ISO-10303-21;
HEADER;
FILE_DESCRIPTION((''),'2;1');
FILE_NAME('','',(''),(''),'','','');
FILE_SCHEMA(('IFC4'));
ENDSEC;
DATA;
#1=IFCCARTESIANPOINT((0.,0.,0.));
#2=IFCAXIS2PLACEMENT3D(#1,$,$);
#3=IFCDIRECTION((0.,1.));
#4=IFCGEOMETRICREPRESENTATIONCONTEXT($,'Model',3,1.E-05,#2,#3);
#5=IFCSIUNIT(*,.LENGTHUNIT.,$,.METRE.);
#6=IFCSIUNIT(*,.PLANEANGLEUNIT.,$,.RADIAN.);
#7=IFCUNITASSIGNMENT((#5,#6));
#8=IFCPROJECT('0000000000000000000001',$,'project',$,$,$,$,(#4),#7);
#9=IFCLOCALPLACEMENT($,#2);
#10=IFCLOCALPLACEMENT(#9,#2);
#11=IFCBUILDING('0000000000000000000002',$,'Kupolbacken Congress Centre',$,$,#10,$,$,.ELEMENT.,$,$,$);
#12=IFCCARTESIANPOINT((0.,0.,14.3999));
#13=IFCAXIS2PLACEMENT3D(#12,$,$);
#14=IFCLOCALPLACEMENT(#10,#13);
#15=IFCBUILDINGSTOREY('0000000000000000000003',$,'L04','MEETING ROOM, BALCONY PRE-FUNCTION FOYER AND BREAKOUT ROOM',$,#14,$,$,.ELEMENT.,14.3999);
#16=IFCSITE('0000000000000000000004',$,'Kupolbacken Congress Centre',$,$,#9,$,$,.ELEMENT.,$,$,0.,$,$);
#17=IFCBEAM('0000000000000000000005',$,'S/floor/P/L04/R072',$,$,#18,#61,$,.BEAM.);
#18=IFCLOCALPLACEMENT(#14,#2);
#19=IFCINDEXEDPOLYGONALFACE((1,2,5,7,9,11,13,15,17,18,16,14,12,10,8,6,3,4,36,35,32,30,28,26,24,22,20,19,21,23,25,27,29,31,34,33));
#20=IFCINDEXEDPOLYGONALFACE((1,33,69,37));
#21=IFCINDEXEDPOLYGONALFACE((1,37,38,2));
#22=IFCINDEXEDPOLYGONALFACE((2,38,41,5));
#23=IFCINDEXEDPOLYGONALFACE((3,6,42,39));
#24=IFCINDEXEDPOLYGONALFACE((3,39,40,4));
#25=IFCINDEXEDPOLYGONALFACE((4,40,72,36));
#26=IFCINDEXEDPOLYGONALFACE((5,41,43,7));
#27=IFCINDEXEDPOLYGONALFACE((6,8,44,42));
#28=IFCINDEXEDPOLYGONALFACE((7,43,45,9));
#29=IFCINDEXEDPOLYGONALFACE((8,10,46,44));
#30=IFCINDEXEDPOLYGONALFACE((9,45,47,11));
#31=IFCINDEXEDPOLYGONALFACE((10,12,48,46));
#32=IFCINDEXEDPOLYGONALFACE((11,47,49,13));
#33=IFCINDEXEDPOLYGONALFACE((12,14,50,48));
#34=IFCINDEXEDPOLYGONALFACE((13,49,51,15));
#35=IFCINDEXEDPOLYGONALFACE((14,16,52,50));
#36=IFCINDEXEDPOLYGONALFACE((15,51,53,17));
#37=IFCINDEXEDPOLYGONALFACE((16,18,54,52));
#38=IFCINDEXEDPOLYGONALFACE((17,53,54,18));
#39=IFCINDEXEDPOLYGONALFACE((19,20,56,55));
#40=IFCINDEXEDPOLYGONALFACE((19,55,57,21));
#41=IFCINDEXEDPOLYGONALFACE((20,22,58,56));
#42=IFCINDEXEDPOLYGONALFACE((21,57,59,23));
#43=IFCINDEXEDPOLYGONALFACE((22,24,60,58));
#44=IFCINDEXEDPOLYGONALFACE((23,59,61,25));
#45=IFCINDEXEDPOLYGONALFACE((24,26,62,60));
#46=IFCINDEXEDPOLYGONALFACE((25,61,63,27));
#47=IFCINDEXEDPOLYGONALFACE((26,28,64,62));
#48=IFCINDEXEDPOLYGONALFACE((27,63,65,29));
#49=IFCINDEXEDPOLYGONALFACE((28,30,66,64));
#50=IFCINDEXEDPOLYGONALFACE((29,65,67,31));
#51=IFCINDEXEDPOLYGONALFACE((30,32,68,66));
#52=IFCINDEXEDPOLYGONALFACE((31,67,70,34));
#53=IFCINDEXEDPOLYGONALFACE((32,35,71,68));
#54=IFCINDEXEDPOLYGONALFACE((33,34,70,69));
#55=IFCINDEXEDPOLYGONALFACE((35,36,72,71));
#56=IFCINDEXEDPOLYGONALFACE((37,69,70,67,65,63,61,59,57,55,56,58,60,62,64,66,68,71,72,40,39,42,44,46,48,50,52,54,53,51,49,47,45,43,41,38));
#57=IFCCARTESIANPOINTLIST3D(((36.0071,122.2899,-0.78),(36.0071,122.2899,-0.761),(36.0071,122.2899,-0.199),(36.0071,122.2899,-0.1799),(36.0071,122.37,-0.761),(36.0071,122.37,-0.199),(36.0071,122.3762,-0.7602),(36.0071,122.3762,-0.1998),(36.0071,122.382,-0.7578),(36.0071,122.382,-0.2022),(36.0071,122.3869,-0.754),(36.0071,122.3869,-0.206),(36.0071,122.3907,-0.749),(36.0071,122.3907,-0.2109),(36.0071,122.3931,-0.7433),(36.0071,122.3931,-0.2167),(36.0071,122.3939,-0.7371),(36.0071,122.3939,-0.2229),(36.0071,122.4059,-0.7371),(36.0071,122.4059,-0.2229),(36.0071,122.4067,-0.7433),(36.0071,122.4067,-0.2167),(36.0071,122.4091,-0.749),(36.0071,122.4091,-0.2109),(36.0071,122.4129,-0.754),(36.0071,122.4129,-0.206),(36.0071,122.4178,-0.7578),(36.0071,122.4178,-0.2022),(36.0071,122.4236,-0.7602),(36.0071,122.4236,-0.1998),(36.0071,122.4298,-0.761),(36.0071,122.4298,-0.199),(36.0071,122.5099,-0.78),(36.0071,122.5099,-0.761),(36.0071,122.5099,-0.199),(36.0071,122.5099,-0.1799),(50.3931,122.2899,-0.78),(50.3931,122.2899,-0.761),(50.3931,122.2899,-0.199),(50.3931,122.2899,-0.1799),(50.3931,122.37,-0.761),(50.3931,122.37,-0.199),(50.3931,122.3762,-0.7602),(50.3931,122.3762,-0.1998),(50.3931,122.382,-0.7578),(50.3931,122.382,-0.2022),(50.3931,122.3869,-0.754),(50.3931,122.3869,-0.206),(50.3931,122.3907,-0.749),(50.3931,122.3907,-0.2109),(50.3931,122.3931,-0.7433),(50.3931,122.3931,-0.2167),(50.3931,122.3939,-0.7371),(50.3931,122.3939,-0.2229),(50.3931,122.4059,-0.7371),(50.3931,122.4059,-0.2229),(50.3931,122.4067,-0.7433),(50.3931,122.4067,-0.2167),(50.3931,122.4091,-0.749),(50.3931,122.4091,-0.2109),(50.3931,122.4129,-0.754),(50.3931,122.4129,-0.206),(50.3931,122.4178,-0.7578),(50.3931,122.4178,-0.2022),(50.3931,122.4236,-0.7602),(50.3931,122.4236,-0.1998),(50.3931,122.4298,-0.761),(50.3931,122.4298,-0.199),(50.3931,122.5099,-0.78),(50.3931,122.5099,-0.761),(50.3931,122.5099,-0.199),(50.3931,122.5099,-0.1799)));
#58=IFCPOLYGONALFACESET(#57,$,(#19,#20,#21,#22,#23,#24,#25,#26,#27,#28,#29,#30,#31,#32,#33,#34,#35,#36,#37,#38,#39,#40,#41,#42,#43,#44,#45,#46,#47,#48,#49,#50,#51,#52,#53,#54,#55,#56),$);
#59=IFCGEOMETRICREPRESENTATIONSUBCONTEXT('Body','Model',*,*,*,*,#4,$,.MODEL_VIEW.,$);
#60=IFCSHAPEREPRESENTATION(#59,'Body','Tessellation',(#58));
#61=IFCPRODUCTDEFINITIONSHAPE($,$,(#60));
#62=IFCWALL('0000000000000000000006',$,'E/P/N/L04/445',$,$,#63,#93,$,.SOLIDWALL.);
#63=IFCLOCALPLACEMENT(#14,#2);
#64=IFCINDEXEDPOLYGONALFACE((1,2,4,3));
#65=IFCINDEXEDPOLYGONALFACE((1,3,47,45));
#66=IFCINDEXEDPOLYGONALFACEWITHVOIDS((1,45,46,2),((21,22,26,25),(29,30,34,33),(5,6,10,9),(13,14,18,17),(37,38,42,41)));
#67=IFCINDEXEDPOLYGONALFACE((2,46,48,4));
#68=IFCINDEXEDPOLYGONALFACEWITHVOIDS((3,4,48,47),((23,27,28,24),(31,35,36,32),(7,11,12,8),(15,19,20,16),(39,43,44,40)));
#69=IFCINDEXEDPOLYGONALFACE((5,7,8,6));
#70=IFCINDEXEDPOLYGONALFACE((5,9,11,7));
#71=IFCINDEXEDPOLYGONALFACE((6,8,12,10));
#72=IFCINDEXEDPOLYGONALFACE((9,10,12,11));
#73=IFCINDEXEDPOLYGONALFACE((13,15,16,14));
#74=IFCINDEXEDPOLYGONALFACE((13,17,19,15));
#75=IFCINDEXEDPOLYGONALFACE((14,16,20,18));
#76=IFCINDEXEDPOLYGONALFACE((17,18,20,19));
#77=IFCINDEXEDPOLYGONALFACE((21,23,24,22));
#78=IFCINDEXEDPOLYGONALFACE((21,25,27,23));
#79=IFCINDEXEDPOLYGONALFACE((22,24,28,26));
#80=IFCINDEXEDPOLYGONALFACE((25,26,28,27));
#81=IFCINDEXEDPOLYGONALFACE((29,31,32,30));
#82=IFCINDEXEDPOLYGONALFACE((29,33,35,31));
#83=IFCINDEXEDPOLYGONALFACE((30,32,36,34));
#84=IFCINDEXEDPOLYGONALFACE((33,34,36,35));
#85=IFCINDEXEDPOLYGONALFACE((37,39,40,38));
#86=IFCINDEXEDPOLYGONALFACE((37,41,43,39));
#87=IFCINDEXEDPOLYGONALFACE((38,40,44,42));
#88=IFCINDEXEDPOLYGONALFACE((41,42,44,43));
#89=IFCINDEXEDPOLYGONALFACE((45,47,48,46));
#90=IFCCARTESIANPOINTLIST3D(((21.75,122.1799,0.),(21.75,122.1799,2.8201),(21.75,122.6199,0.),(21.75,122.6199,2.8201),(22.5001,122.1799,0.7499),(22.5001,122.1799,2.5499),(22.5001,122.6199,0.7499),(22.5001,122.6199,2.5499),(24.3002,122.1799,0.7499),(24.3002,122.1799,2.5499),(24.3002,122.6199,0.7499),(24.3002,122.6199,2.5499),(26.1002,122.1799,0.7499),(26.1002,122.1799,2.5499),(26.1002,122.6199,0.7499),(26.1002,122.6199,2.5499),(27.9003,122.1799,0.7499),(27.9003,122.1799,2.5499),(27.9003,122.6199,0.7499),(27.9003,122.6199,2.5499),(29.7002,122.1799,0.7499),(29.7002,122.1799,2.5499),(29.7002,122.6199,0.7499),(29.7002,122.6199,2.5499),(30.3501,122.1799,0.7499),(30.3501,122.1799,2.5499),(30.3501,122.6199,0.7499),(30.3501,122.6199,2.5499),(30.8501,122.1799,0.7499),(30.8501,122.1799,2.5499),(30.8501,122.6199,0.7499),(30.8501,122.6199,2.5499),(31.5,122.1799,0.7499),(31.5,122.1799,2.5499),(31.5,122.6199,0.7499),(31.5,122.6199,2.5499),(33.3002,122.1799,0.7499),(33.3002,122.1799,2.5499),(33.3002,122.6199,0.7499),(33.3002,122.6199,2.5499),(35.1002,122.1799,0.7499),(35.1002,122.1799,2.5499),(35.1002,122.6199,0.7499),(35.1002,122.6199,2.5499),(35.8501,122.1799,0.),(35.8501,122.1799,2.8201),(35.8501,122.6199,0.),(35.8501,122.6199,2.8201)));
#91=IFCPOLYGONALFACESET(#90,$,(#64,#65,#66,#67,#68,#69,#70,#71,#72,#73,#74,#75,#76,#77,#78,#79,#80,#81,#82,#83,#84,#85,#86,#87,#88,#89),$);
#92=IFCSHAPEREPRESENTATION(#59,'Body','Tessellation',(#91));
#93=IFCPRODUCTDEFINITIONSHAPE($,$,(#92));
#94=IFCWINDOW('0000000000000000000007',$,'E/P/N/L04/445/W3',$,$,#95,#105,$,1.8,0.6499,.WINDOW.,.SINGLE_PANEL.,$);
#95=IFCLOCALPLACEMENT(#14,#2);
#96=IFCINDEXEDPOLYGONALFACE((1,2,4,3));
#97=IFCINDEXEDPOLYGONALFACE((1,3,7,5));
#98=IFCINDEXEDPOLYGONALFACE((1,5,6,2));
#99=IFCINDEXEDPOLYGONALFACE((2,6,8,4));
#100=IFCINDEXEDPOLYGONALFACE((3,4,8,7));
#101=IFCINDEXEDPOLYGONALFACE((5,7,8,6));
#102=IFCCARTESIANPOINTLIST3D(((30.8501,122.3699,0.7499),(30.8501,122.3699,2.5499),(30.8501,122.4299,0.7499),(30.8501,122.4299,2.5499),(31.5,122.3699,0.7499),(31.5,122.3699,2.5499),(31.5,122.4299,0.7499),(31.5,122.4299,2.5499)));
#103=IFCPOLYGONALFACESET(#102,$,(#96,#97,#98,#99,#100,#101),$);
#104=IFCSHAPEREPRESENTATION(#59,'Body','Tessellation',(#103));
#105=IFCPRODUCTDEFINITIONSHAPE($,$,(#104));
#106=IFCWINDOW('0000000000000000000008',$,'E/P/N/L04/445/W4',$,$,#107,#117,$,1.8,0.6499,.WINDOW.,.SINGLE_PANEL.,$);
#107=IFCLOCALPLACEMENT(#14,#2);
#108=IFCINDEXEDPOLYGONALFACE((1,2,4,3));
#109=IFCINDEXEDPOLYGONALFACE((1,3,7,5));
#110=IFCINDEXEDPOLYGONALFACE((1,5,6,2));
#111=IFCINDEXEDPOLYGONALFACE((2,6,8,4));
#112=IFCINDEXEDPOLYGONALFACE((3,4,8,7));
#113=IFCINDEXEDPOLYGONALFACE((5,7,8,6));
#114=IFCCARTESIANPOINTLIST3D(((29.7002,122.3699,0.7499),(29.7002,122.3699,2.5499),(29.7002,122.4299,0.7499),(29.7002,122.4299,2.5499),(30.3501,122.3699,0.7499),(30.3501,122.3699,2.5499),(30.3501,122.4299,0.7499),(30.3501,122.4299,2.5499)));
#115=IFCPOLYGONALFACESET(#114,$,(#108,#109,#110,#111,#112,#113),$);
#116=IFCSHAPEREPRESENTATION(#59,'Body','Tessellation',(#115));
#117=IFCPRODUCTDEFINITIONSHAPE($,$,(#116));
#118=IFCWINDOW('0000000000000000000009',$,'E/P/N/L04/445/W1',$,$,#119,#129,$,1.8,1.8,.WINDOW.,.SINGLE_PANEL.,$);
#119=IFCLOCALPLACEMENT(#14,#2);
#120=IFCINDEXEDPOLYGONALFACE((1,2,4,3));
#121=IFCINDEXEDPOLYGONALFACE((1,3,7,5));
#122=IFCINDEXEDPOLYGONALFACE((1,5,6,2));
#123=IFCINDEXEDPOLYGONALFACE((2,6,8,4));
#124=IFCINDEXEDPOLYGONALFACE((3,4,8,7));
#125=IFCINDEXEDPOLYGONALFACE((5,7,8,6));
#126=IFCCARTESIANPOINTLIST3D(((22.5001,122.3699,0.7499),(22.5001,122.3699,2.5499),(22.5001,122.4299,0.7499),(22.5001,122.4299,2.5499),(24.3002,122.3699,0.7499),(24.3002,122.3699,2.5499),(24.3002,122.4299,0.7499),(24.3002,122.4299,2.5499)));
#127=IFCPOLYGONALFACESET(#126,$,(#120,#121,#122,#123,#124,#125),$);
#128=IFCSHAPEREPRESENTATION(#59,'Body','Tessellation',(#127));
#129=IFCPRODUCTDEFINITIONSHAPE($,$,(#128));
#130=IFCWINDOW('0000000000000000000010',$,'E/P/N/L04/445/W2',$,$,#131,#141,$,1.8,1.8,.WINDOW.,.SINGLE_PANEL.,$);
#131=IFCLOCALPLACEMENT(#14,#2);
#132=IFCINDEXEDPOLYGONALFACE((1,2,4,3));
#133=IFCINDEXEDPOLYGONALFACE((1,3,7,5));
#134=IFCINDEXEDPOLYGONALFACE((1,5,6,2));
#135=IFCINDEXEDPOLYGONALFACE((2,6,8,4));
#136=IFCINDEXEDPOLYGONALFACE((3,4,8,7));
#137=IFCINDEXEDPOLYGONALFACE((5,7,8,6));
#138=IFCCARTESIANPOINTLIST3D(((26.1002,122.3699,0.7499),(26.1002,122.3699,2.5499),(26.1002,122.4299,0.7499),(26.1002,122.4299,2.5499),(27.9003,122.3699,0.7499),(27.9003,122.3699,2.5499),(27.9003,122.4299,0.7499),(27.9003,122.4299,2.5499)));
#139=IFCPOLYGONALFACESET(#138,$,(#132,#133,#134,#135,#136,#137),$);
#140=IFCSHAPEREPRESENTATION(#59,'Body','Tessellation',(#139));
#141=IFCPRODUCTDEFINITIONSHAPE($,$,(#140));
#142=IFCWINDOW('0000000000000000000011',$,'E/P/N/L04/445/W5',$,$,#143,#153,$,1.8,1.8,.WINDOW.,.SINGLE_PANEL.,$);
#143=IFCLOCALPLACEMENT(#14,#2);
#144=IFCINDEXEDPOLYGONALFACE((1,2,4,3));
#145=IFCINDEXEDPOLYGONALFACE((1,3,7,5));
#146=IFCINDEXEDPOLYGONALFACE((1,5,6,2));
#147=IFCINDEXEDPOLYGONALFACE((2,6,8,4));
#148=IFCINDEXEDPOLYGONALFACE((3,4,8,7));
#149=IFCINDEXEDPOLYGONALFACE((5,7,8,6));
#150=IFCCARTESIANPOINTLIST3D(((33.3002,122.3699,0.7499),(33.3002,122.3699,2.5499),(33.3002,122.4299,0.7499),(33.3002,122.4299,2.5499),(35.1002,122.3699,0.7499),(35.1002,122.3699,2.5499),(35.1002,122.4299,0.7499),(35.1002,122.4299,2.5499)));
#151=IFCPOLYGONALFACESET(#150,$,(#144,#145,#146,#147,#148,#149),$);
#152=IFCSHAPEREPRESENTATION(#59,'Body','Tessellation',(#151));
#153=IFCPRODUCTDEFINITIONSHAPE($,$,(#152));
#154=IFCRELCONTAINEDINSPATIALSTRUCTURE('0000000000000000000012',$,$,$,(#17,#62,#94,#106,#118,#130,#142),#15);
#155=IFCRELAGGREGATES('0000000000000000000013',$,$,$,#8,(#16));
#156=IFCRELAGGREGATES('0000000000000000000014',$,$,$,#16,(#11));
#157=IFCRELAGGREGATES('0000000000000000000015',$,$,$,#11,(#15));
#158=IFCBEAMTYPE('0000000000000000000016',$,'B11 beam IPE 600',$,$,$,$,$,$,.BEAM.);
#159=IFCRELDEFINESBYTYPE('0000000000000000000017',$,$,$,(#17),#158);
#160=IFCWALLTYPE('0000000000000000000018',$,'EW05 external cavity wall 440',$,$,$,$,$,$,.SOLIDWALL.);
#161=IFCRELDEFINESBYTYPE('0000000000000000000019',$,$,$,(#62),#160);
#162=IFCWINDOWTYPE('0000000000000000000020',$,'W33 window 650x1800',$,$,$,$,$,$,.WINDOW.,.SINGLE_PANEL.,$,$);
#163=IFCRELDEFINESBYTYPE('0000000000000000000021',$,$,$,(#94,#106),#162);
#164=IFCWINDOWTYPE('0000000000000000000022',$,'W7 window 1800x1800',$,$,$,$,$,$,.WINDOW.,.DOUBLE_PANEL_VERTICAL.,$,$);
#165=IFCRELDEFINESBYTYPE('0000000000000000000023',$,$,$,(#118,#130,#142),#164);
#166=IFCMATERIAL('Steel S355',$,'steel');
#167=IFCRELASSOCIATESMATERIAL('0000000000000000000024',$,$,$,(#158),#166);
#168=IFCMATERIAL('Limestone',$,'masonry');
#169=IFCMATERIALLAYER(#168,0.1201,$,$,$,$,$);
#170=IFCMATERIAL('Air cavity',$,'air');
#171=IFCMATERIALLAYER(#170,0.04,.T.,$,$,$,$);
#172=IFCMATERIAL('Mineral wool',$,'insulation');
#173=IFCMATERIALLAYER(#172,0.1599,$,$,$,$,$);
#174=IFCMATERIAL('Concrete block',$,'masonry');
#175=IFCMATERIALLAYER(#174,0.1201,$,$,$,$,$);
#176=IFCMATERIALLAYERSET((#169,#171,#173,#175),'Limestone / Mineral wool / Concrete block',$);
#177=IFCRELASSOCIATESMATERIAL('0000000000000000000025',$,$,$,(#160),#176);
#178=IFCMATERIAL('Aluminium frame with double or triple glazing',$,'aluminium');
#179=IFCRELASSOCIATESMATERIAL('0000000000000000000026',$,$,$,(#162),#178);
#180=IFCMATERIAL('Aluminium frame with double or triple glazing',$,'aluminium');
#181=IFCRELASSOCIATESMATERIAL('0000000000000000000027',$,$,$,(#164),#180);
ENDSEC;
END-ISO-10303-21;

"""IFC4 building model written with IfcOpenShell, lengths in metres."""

from ifc_helpers import new_model, si_unit, direction, frame, frame_2d, origin, origin_2d, place, context, subcontext, project, spatial, rectangle, i_section, extrude, material, layer, layer_set, material_profile, profile_set, type_object, element, fill, save


model = new_model("IFC4")

# Units and contexts
model_context = context("Model", 3, precision=1e-05, world=origin(), true_north=direction((0.0, 1.0)))
body_context = subcontext(model_context, "Body", "Model", "MODEL_VIEW")
ifc_project = project(units=[si_unit("LENGTHUNIT", "METRE"), si_unit("PLANEANGLEUNIT", "RADIAN")], contexts=[model_context])

# Site, building, storey
site_placement = place(None, origin())
site = spatial("IfcSite", under=ifc_project, at=site_placement, Name="Kupolbacken Congress Centre", CompositionType="ELEMENT", RefElevation=0.0)
building_placement = place(site_placement, origin())
building = spatial("IfcBuilding", under=site, at=building_placement, Name="Kupolbacken Congress Centre", CompositionType="ELEMENT")
storey_placement = place(building_placement, frame((0.0, 0.0, 14.3999)))
storey = spatial("IfcBuildingStorey", under=building, at=storey_placement, Name="L04", Description="MEETING ROOM, BALCONY PRE-FUNCTION FOYER AND BREAKOUT ROOM", CompositionType="ELEMENT", Elevation=14.3999)

# Beam
ifc_material_1 = material(Name="Steel S355", Category="steel")
ifc_material_profile_1 = material_profile(ifc_material_1, i_section(OverallWidth=0.22, OverallDepth=0.6001, WebThickness=0.012, FlangeThickness=0.019, FilletRadius=0.0239, at=origin_2d()), Name="IPE 600")
ifc_profile_set_1 = profile_set([ifc_material_profile_1], Name="Steel S355")
beam_type_1 = type_object("IfcBeamType", Name="B11 beam IPE 600", PredefinedType="BEAM", material=ifc_profile_set_1)
beam_1_placement = place(storey_placement, frame((36.0071, 122.3999, -0.48), z_axis=(1.0, 0.0, 0.0), x_axis=(0.0, 1.0, 0.0)))
element("IfcBeam", 1, at=beam_1_placement, inside=storey, type_object=beam_type_1, Name="S/floor/P/L04/R072", PredefinedType="BEAM", context=body_context, shape_type="SweptSolid", body=[
    extrude(i_section(OverallWidth=0.22, OverallDepth=0.6001, WebThickness=0.012, FlangeThickness=0.019, FilletRadius=0.0239, at=origin_2d()), origin(), (0.0, 0.0, 1.0), 14.386),
])

# Wall, openings, windows
ifc_material_2 = material(Name="Limestone", Category="masonry")
ifc_layer_1 = layer(ifc_material_2, 0.1201)
ifc_material_3 = material(Name="Air cavity", Category="air")
ifc_layer_2 = layer(ifc_material_3, 0.04, ventilated=True)
ifc_material_4 = material(Name="Mineral wool", Category="insulation")
ifc_layer_3 = layer(ifc_material_4, 0.1599)
ifc_material_5 = material(Name="Concrete block", Category="masonry")
ifc_layer_4 = layer(ifc_material_5, 0.1201)
ifc_layer_set_1 = layer_set([ifc_layer_1, ifc_layer_2, ifc_layer_3, ifc_layer_4], Name="Limestone / Mineral wool / Concrete block")
wall_type_1 = type_object("IfcWallType", Name="EW05 external cavity wall 440", PredefinedType="SOLIDWALL", material=ifc_layer_set_1)
wall_1_placement = place(storey_placement, frame((35.8501, 122.3999, 0.0), z_axis=(0.0, 0.0, 1.0), x_axis=(-1.0, 0.0, 0.0)))
wall_1 = element("IfcWall", 2, at=wall_1_placement, inside=storey, type_object=wall_type_1, Name="E/P/N/L04/445", PredefinedType="SOLIDWALL", context=body_context, shape_type="SweptSolid", body=[
    extrude(rectangle(XDim=14.1001, YDim=0.4399, at=frame_2d((7.05, 0.0))), origin(), (0.0, 0.0, 1.0), 2.8201),
])
opening_1_placement = place(wall_1_placement, frame((11.55, 0.0, 0.75)))
opening_1 = element("IfcOpeningElement", 3, at=opening_1_placement, cuts=wall_1, PredefinedType="OPENING", context=body_context, shape_type="SweptSolid", body=[
    extrude(rectangle(XDim=1.8, YDim=1.8, at=frame_2d((0.8999, 0.8999))), frame((0.0, 0.23, 0.0), z_axis=(0.0, -1.0, 0.0), x_axis=(1.0, 0.0, 0.0)), (0.0, 0.0, 1.0), 0.46),
])
opening_2_placement = place(wall_1_placement, frame((7.95, 0.0, 0.75)))
opening_2 = element("IfcOpeningElement", 4, at=opening_2_placement, cuts=wall_1, PredefinedType="OPENING", context=body_context, shape_type="SweptSolid", body=[
    extrude(rectangle(XDim=1.8, YDim=1.8, at=frame_2d((0.8999, 0.8999))), frame((0.0, 0.23, 0.0), z_axis=(0.0, -1.0, 0.0), x_axis=(1.0, 0.0, 0.0)), (0.0, 0.0, 1.0), 0.46),
])
opening_3_placement = place(wall_1_placement, frame((4.3501, 0.0, 0.75)))
opening_3 = element("IfcOpeningElement", 5, at=opening_3_placement, cuts=wall_1, PredefinedType="OPENING", context=body_context, shape_type="SweptSolid", body=[
    extrude(rectangle(XDim=0.6499, YDim=1.8, at=frame_2d((0.325, 0.8999))), frame((0.0, 0.23, 0.0), z_axis=(0.0, -1.0, 0.0), x_axis=(1.0, 0.0, 0.0)), (0.0, 0.0, 1.0), 0.46),
])
opening_4_placement = place(wall_1_placement, frame((5.5, 0.0, 0.75)))
opening_4 = element("IfcOpeningElement", 6, at=opening_4_placement, cuts=wall_1, PredefinedType="OPENING", context=body_context, shape_type="SweptSolid", body=[
    extrude(rectangle(XDim=0.6499, YDim=1.8, at=frame_2d((0.325, 0.8999))), frame((0.0, 0.23, 0.0), z_axis=(0.0, -1.0, 0.0), x_axis=(1.0, 0.0, 0.0)), (0.0, 0.0, 1.0), 0.46),
])
opening_5_placement = place(wall_1_placement, frame((0.75, 0.0, 0.75)))
opening_5 = element("IfcOpeningElement", 7, at=opening_5_placement, cuts=wall_1, PredefinedType="OPENING", context=body_context, shape_type="SweptSolid", body=[
    extrude(rectangle(XDim=1.8, YDim=1.8, at=frame_2d((0.8999, 0.8999))), frame((0.0, 0.23, 0.0), z_axis=(0.0, -1.0, 0.0), x_axis=(1.0, 0.0, 0.0)), (0.0, 0.0, 1.0), 0.46),
])
ifc_material_6 = material(Name="Aluminium frame with double or triple glazing", Category="aluminium")
window_type_1 = type_object("IfcWindowType", Name="W33 window 650x1800", PartitioningType="SINGLE_PANEL", PredefinedType="WINDOW", material=ifc_material_6)
window_1_placement = place(opening_3_placement, origin())
window_1 = element("IfcWindow", 8, at=window_1_placement, inside=storey, type_object=window_type_1, Name="E/P/N/L04/445/W3", OverallHeight=1.8, OverallWidth=0.6499, PartitioningType="SINGLE_PANEL", PredefinedType="WINDOW", context=body_context, shape_type="SweptSolid", body=[
    extrude(rectangle(XDim=0.6499, YDim=1.8, at=frame_2d((0.325, 0.8999))), frame((0.0, 0.03, 0.0), z_axis=(0.0, -1.0, 0.0), x_axis=(1.0, 0.0, 0.0)), (0.0, 0.0, 1.0), 0.0601),
])
fill(opening_3, window_1)
window_2_placement = place(opening_4_placement, origin())
window_2 = element("IfcWindow", 9, at=window_2_placement, inside=storey, type_object=window_type_1, Name="E/P/N/L04/445/W4", OverallHeight=1.8, OverallWidth=0.6499, PartitioningType="SINGLE_PANEL", PredefinedType="WINDOW", context=body_context, shape_type="SweptSolid", body=[
    extrude(rectangle(XDim=0.6499, YDim=1.8, at=frame_2d((0.325, 0.8999))), frame((0.0, 0.03, 0.0), z_axis=(0.0, -1.0, 0.0), x_axis=(1.0, 0.0, 0.0)), (0.0, 0.0, 1.0), 0.0601),
])
fill(opening_4, window_2)
ifc_material_7 = material(Name="Aluminium frame with double or triple glazing", Category="aluminium")
window_type_2 = type_object("IfcWindowType", Name="W7 window 1800x1800", PartitioningType="DOUBLE_PANEL_VERTICAL", PredefinedType="WINDOW", material=ifc_material_7)
window_3_placement = place(opening_1_placement, origin())
window_3 = element("IfcWindow", 10, at=window_3_placement, inside=storey, type_object=window_type_2, Name="E/P/N/L04/445/W1", OverallHeight=1.8, OverallWidth=1.8, PartitioningType="SINGLE_PANEL", PredefinedType="WINDOW", context=body_context, shape_type="SweptSolid", body=[
    extrude(rectangle(XDim=1.8, YDim=1.8, at=frame_2d((0.8999, 0.8999))), frame((0.0, 0.03, 0.0), z_axis=(0.0, -1.0, 0.0), x_axis=(1.0, 0.0, 0.0)), (0.0, 0.0, 1.0), 0.0601),
])
fill(opening_1, window_3)
window_4_placement = place(opening_2_placement, origin())
window_4 = element("IfcWindow", 11, at=window_4_placement, inside=storey, type_object=window_type_2, Name="E/P/N/L04/445/W2", OverallHeight=1.8, OverallWidth=1.8, PartitioningType="SINGLE_PANEL", PredefinedType="WINDOW", context=body_context, shape_type="SweptSolid", body=[
    extrude(rectangle(XDim=1.8, YDim=1.8, at=frame_2d((0.8999, 0.8999))), frame((0.0, 0.03, 0.0), z_axis=(0.0, -1.0, 0.0), x_axis=(1.0, 0.0, 0.0)), (0.0, 0.0, 1.0), 0.0601),
])
fill(opening_2, window_4)
window_5_placement = place(opening_5_placement, origin())
window_5 = element("IfcWindow", 12, at=window_5_placement, inside=storey, type_object=window_type_2, Name="E/P/N/L04/445/W5", OverallHeight=1.8, OverallWidth=1.8, PartitioningType="SINGLE_PANEL", PredefinedType="WINDOW", context=body_context, shape_type="SweptSolid", body=[
    extrude(rectangle(XDim=1.8, YDim=1.8, at=frame_2d((0.8999, 0.8999))), frame((0.0, 0.03, 0.0), z_axis=(0.0, -1.0, 0.0), x_axis=(1.0, 0.0, 0.0)), (0.0, 0.0, 1.0), 0.0601),
])
fill(opening_5, window_5)

save(model, "model.ifc")
